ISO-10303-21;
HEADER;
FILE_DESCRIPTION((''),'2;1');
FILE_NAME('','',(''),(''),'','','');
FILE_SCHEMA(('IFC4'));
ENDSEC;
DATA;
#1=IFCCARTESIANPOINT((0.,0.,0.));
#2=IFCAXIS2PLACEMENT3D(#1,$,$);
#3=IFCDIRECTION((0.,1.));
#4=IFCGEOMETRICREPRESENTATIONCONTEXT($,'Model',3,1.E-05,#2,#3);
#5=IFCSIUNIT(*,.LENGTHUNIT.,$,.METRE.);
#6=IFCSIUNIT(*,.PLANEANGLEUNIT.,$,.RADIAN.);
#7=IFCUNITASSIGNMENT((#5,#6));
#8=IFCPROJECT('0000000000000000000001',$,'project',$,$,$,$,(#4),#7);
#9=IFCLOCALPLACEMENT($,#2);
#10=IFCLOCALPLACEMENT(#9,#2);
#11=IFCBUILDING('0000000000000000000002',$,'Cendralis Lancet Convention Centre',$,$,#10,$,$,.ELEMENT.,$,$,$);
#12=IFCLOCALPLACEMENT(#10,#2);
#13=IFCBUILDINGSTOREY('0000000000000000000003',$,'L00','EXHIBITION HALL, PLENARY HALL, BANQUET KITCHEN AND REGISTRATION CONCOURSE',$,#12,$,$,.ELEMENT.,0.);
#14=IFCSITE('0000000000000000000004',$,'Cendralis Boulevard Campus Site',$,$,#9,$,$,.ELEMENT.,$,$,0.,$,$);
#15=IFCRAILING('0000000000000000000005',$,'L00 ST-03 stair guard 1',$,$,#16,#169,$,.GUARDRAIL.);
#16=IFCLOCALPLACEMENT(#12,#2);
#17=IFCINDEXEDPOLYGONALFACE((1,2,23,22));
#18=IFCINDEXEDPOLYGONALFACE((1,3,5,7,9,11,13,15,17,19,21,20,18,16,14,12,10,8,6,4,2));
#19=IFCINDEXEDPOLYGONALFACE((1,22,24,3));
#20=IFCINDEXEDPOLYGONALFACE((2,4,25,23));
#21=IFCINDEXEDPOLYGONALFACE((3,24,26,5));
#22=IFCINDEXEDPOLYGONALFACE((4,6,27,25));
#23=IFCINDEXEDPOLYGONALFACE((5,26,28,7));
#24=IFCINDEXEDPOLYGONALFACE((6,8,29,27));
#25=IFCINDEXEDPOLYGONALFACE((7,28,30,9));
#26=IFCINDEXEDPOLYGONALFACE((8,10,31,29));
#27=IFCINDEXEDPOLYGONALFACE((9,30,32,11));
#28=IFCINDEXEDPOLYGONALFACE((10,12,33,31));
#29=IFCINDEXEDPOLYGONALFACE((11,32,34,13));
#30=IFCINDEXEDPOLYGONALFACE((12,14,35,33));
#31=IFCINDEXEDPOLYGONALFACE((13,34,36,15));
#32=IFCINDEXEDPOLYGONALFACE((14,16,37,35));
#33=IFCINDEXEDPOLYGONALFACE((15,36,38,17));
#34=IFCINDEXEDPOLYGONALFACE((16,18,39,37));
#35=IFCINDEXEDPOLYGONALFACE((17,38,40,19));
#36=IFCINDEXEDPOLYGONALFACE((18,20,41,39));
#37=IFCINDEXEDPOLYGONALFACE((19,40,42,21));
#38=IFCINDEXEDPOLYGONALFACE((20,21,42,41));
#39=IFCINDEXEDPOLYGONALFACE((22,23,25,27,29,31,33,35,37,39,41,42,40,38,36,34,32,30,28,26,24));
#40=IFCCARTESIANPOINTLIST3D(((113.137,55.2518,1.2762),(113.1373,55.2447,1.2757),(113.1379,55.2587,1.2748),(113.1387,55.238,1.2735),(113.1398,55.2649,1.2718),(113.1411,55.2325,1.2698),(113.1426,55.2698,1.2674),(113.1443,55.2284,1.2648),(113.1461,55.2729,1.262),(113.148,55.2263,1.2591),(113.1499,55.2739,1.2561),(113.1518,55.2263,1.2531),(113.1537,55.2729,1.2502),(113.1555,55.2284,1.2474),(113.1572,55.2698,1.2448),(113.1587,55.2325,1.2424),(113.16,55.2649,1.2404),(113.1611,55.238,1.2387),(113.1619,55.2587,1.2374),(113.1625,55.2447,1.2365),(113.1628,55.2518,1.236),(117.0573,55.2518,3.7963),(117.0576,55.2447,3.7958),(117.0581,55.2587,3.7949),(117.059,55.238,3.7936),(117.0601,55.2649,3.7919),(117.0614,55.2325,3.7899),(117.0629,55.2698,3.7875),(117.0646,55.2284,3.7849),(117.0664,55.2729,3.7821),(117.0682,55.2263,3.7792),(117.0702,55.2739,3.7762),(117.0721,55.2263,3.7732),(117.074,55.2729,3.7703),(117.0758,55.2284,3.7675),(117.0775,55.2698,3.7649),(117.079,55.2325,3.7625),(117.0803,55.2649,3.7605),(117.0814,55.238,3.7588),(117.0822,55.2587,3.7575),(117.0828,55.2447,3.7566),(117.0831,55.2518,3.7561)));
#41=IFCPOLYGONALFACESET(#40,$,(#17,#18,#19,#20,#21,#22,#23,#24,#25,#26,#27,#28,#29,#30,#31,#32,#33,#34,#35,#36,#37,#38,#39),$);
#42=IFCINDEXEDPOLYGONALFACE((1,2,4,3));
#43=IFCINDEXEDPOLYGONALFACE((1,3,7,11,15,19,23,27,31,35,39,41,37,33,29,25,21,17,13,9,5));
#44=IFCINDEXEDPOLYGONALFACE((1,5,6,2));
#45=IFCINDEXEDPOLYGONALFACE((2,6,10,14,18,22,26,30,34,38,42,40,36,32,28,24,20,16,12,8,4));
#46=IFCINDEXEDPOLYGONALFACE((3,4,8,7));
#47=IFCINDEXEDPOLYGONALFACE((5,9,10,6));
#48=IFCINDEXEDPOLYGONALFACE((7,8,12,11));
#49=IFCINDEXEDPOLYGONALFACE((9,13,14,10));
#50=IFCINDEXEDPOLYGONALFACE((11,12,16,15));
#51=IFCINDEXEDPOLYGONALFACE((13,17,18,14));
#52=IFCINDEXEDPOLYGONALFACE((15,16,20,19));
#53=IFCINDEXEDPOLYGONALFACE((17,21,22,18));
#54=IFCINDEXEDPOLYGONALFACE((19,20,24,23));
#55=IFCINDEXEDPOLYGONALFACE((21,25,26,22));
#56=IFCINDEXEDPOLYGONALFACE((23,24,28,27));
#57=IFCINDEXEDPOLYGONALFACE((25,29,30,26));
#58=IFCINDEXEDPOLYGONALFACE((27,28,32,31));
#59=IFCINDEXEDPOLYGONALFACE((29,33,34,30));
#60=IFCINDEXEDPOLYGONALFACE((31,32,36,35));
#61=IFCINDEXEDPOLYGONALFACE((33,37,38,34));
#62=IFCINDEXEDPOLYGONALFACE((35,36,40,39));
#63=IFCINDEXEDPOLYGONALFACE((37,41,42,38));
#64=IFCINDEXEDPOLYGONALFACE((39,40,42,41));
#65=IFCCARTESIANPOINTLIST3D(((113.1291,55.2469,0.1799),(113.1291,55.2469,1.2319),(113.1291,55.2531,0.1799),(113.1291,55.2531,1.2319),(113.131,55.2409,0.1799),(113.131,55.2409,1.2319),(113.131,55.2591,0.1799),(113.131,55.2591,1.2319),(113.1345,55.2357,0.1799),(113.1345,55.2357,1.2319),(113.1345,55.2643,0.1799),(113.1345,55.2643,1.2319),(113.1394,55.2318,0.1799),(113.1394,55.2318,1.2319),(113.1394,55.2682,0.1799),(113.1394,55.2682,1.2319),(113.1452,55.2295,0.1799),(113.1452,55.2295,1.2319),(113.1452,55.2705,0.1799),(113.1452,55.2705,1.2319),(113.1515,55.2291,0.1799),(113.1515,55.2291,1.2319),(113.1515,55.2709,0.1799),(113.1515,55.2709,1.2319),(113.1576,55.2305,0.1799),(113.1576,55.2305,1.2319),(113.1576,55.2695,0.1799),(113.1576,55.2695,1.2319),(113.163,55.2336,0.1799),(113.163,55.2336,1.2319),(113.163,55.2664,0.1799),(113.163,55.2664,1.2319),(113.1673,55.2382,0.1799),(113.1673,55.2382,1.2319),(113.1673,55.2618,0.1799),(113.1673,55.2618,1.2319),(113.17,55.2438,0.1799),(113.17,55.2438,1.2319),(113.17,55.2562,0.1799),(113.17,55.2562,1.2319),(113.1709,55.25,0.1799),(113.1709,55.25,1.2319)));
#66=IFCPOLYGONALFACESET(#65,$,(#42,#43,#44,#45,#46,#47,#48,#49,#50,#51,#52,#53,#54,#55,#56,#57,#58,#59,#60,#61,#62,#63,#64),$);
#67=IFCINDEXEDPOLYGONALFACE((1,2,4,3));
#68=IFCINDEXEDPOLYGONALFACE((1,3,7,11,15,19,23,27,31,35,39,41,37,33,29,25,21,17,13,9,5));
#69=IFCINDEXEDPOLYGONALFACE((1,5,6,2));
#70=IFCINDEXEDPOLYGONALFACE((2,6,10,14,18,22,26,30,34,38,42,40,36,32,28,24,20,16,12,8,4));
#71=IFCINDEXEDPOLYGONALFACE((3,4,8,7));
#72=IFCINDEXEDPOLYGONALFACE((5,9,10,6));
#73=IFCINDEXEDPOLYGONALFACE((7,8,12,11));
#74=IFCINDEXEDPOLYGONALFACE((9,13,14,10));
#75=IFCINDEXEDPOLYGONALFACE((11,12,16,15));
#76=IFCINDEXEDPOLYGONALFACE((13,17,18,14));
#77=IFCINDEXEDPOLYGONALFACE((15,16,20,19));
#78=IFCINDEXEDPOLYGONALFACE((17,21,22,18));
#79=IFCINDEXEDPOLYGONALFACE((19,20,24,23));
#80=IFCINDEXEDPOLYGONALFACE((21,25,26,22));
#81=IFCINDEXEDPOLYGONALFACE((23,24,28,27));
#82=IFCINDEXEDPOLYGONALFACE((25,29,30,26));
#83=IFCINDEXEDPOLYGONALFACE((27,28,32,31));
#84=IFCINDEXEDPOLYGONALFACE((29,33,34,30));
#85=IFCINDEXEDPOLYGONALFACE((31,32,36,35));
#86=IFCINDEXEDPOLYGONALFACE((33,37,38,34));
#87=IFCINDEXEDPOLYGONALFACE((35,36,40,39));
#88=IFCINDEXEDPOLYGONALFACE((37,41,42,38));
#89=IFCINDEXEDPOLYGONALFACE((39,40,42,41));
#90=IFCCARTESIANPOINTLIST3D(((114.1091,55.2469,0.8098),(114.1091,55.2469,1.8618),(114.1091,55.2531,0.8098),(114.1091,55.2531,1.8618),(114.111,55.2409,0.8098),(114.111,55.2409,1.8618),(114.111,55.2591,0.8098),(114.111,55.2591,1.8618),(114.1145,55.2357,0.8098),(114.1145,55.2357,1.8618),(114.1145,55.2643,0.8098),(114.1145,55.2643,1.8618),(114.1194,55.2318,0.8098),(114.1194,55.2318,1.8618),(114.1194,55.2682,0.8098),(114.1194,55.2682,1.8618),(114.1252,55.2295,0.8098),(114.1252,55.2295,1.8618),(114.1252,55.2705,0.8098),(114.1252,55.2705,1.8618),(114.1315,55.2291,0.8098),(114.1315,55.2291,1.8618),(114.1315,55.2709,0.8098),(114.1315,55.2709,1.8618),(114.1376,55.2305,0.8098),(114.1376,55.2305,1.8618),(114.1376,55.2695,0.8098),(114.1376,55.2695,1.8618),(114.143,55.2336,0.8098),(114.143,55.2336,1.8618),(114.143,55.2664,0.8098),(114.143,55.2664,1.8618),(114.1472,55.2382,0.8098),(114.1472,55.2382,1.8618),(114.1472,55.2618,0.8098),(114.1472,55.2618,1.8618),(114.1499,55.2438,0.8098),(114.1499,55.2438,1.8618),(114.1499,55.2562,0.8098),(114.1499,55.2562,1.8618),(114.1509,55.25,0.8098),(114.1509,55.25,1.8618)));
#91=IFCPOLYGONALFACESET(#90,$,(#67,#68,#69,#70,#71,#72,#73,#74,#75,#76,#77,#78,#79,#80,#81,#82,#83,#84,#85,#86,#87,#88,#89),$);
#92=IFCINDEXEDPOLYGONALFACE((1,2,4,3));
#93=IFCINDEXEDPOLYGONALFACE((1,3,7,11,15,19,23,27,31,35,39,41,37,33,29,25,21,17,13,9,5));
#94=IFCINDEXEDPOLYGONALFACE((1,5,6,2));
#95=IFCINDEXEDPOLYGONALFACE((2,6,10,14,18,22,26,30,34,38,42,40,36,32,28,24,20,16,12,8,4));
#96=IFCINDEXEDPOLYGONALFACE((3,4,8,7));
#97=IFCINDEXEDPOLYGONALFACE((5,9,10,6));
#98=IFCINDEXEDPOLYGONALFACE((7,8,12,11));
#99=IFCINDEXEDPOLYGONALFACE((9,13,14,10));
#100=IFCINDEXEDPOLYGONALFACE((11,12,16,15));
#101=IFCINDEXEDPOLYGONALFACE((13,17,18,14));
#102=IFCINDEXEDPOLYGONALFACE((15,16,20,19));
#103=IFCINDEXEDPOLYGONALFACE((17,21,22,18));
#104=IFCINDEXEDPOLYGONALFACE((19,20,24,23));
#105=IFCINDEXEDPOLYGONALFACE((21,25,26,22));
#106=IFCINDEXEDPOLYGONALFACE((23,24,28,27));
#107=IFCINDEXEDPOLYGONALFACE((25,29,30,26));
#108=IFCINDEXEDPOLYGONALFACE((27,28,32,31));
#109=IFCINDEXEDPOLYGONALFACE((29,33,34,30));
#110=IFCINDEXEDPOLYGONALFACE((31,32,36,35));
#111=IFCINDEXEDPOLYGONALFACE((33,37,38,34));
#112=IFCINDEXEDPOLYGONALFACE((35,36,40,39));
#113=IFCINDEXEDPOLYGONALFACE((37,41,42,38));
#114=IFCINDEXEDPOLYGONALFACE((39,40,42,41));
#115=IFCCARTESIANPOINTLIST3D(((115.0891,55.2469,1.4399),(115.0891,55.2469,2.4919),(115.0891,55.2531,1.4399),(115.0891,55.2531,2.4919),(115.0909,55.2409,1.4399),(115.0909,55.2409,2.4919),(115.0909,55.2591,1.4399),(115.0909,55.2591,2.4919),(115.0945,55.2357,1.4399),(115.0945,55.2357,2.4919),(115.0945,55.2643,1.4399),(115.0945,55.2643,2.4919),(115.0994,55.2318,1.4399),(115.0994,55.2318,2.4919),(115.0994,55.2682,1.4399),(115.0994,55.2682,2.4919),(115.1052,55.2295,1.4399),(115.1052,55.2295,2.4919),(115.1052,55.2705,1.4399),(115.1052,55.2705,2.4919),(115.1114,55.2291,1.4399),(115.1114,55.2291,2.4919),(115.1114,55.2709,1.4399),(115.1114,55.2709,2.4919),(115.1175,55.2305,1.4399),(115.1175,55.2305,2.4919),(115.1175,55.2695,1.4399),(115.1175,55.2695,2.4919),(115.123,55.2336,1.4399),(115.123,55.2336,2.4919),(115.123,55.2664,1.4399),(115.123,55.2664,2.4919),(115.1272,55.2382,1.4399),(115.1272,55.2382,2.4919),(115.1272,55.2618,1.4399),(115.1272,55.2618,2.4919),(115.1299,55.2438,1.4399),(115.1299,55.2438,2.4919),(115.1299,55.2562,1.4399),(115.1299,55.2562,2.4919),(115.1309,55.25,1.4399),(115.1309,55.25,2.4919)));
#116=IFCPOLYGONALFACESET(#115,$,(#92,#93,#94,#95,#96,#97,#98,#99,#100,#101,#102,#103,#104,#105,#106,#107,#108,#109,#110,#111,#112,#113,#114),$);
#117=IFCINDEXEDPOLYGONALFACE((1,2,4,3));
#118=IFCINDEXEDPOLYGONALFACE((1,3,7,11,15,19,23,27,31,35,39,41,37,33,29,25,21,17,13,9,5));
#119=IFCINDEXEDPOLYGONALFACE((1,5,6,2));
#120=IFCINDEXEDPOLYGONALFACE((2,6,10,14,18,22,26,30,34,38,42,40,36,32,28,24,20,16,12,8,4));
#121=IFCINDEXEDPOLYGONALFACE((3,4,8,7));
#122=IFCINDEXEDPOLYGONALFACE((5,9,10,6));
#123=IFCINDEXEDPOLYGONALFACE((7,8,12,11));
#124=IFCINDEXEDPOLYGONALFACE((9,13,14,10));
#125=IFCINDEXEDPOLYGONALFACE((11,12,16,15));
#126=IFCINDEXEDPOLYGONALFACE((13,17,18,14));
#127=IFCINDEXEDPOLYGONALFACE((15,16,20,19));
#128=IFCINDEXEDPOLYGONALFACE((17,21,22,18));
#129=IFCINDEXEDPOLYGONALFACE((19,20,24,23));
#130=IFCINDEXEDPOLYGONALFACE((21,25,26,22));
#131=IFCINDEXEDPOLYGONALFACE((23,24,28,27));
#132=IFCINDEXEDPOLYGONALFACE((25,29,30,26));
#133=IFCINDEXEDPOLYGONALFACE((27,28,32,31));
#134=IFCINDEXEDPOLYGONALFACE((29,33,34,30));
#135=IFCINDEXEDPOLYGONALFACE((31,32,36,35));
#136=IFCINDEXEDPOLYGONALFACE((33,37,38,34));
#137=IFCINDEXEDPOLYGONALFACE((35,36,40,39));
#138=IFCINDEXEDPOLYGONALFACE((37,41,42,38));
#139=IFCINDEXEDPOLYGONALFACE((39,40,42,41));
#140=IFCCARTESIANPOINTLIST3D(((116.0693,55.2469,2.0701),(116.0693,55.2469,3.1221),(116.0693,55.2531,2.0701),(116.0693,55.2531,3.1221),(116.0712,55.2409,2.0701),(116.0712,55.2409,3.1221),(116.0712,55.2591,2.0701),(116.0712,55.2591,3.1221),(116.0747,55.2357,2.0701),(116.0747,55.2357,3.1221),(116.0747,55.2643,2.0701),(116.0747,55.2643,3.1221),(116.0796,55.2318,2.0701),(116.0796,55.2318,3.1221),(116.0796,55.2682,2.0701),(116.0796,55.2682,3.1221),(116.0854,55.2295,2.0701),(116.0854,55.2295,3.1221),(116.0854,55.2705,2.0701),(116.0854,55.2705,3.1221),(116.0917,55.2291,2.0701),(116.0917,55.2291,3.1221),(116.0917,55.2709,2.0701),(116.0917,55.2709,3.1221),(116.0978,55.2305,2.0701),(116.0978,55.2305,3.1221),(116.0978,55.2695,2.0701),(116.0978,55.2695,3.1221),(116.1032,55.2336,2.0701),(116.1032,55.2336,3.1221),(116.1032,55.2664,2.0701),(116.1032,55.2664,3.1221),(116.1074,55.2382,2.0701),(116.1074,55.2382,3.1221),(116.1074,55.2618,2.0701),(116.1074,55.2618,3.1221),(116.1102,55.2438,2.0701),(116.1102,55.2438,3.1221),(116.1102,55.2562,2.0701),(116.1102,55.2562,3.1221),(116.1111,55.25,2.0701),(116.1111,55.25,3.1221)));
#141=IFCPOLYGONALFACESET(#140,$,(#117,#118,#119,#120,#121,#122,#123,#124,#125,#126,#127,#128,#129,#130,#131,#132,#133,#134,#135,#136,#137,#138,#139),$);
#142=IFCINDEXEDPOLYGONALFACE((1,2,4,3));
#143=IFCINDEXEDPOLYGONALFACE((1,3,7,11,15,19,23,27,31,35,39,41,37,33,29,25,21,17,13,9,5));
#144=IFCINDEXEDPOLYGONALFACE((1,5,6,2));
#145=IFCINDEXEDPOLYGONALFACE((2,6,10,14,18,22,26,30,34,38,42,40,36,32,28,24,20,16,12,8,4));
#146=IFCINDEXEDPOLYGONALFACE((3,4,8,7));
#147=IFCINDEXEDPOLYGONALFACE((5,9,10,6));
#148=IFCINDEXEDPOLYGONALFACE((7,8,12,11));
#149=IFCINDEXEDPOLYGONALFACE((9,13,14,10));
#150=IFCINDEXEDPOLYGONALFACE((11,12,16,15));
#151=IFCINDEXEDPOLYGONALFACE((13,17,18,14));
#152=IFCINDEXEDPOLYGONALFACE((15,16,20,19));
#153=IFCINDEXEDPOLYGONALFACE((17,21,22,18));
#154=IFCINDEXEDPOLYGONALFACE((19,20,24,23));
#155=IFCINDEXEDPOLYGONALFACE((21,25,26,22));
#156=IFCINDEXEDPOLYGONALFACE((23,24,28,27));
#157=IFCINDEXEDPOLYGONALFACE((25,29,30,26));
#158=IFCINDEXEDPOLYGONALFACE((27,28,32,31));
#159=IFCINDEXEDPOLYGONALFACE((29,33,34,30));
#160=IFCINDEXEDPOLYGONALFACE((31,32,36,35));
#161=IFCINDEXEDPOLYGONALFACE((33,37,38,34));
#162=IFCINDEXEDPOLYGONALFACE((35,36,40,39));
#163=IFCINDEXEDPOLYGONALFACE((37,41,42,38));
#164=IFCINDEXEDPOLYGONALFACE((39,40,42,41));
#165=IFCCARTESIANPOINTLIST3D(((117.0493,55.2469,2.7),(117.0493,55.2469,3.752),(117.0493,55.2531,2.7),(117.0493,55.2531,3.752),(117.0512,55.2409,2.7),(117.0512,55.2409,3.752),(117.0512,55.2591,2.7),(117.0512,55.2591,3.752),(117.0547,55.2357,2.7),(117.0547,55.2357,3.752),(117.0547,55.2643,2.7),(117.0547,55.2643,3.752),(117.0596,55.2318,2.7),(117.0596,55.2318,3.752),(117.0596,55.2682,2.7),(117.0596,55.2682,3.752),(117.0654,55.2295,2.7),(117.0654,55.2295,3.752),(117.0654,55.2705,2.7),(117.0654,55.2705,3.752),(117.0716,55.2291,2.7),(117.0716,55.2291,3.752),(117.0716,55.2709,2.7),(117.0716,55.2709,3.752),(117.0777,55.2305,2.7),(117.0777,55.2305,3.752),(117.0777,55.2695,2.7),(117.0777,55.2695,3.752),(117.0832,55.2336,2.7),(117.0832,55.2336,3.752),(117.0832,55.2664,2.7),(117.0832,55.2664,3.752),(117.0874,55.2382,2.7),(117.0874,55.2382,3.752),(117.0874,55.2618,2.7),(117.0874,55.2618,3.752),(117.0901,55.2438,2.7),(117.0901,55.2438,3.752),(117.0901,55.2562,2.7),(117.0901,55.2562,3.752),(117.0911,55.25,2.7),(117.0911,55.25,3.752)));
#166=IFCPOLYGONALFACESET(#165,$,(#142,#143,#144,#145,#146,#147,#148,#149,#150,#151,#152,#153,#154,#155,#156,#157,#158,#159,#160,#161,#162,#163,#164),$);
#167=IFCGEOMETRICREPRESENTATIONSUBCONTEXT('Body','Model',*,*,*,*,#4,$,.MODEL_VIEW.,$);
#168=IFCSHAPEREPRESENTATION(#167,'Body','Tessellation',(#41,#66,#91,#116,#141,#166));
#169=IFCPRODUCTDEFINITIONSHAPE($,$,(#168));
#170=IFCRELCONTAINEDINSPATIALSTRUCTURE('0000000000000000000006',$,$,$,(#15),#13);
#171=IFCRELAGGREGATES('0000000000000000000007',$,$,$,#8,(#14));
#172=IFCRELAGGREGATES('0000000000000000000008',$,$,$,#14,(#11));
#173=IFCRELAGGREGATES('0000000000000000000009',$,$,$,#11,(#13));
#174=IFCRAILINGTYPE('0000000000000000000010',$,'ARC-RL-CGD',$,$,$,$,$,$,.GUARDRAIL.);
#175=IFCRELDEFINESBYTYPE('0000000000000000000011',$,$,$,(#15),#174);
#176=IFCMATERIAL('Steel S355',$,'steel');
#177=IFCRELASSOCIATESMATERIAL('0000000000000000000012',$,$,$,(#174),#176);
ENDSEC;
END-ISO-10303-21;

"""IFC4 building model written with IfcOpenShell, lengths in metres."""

from ifc_helpers import new_model, si_unit, direction, frame, origin, origin_2d, place, context, subcontext, project, spatial, circle, extrude, material, type_object, element, save


model = new_model("IFC4")

# Units and contexts
model_context = context("Model", 3, precision=1e-05, world=origin(), true_north=direction((0.0, 1.0)))
body_context = subcontext(model_context, "Body", "Model", "MODEL_VIEW")
ifc_project = project(units=[si_unit("LENGTHUNIT", "METRE"), si_unit("PLANEANGLEUNIT", "RADIAN")], contexts=[model_context])

# Site, building, storey
site_placement = place(None, origin())
site = spatial("IfcSite", under=ifc_project, at=site_placement, Name="Cendralis Boulevard Campus Site", CompositionType="ELEMENT", RefElevation=0.0)
building_placement = place(site_placement, origin())
building = spatial("IfcBuilding", under=site, at=building_placement, Name="Cendralis Lancet Convention Centre", CompositionType="ELEMENT")
storey_placement = place(building_placement, origin())
storey = spatial("IfcBuildingStorey", under=building, at=storey_placement, Name="L00", Description="EXHIBITION HALL, PLENARY HALL, BANQUET KITCHEN AND REGISTRATION CONCOURSE", CompositionType="ELEMENT", Elevation=0.0)

# Railing
ifc_material_1 = material(Name="Steel S355", Category="steel")
railing_type_1 = type_object("IfcRailingType", Name="ARC-RL-CGD", PredefinedType="GUARDRAIL", material=ifc_material_1)
railing_1_placement = place(storey_placement, frame((113.1499, 55.25, 0.1799)))
element("IfcRailing", 1, at=railing_1_placement, inside=storey, type_object=railing_type_1, Name="L00 ST-03 stair guard 1", PredefinedType="GUARDRAIL", context=body_context, shape_type="SweptSolid", body=[
    extrude(circle(Radius=0.0239, at=origin_2d()), frame((0.0, 0.0, 1.0762), z_axis=(0.841187, 0.0, 0.540744), x_axis=(0.0, 1.0, 0.0)), (0.0, 0.0, 1.0), 4.6604),
    extrude(circle(Radius=0.021, at=origin_2d()), origin(), (0.0, 0.0, 1.0), 1.052),
    extrude(circle(Radius=0.021, at=origin_2d()), frame((0.98, 0.0, 0.6299)), (0.0, 0.0, 1.0), 1.052),
    extrude(circle(Radius=0.021, at=origin_2d()), frame((1.96, 0.0, 1.26)), (0.0, 0.0, 1.0), 1.052),
    extrude(circle(Radius=0.021, at=origin_2d()), frame((2.9402, 0.0, 1.8901)), (0.0, 0.0, 1.0), 1.052),
    extrude(circle(Radius=0.021, at=origin_2d()), frame((3.9202, 0.0, 2.52)), (0.0, 0.0, 1.0), 1.052),
])

save(model, "model.ifc")
